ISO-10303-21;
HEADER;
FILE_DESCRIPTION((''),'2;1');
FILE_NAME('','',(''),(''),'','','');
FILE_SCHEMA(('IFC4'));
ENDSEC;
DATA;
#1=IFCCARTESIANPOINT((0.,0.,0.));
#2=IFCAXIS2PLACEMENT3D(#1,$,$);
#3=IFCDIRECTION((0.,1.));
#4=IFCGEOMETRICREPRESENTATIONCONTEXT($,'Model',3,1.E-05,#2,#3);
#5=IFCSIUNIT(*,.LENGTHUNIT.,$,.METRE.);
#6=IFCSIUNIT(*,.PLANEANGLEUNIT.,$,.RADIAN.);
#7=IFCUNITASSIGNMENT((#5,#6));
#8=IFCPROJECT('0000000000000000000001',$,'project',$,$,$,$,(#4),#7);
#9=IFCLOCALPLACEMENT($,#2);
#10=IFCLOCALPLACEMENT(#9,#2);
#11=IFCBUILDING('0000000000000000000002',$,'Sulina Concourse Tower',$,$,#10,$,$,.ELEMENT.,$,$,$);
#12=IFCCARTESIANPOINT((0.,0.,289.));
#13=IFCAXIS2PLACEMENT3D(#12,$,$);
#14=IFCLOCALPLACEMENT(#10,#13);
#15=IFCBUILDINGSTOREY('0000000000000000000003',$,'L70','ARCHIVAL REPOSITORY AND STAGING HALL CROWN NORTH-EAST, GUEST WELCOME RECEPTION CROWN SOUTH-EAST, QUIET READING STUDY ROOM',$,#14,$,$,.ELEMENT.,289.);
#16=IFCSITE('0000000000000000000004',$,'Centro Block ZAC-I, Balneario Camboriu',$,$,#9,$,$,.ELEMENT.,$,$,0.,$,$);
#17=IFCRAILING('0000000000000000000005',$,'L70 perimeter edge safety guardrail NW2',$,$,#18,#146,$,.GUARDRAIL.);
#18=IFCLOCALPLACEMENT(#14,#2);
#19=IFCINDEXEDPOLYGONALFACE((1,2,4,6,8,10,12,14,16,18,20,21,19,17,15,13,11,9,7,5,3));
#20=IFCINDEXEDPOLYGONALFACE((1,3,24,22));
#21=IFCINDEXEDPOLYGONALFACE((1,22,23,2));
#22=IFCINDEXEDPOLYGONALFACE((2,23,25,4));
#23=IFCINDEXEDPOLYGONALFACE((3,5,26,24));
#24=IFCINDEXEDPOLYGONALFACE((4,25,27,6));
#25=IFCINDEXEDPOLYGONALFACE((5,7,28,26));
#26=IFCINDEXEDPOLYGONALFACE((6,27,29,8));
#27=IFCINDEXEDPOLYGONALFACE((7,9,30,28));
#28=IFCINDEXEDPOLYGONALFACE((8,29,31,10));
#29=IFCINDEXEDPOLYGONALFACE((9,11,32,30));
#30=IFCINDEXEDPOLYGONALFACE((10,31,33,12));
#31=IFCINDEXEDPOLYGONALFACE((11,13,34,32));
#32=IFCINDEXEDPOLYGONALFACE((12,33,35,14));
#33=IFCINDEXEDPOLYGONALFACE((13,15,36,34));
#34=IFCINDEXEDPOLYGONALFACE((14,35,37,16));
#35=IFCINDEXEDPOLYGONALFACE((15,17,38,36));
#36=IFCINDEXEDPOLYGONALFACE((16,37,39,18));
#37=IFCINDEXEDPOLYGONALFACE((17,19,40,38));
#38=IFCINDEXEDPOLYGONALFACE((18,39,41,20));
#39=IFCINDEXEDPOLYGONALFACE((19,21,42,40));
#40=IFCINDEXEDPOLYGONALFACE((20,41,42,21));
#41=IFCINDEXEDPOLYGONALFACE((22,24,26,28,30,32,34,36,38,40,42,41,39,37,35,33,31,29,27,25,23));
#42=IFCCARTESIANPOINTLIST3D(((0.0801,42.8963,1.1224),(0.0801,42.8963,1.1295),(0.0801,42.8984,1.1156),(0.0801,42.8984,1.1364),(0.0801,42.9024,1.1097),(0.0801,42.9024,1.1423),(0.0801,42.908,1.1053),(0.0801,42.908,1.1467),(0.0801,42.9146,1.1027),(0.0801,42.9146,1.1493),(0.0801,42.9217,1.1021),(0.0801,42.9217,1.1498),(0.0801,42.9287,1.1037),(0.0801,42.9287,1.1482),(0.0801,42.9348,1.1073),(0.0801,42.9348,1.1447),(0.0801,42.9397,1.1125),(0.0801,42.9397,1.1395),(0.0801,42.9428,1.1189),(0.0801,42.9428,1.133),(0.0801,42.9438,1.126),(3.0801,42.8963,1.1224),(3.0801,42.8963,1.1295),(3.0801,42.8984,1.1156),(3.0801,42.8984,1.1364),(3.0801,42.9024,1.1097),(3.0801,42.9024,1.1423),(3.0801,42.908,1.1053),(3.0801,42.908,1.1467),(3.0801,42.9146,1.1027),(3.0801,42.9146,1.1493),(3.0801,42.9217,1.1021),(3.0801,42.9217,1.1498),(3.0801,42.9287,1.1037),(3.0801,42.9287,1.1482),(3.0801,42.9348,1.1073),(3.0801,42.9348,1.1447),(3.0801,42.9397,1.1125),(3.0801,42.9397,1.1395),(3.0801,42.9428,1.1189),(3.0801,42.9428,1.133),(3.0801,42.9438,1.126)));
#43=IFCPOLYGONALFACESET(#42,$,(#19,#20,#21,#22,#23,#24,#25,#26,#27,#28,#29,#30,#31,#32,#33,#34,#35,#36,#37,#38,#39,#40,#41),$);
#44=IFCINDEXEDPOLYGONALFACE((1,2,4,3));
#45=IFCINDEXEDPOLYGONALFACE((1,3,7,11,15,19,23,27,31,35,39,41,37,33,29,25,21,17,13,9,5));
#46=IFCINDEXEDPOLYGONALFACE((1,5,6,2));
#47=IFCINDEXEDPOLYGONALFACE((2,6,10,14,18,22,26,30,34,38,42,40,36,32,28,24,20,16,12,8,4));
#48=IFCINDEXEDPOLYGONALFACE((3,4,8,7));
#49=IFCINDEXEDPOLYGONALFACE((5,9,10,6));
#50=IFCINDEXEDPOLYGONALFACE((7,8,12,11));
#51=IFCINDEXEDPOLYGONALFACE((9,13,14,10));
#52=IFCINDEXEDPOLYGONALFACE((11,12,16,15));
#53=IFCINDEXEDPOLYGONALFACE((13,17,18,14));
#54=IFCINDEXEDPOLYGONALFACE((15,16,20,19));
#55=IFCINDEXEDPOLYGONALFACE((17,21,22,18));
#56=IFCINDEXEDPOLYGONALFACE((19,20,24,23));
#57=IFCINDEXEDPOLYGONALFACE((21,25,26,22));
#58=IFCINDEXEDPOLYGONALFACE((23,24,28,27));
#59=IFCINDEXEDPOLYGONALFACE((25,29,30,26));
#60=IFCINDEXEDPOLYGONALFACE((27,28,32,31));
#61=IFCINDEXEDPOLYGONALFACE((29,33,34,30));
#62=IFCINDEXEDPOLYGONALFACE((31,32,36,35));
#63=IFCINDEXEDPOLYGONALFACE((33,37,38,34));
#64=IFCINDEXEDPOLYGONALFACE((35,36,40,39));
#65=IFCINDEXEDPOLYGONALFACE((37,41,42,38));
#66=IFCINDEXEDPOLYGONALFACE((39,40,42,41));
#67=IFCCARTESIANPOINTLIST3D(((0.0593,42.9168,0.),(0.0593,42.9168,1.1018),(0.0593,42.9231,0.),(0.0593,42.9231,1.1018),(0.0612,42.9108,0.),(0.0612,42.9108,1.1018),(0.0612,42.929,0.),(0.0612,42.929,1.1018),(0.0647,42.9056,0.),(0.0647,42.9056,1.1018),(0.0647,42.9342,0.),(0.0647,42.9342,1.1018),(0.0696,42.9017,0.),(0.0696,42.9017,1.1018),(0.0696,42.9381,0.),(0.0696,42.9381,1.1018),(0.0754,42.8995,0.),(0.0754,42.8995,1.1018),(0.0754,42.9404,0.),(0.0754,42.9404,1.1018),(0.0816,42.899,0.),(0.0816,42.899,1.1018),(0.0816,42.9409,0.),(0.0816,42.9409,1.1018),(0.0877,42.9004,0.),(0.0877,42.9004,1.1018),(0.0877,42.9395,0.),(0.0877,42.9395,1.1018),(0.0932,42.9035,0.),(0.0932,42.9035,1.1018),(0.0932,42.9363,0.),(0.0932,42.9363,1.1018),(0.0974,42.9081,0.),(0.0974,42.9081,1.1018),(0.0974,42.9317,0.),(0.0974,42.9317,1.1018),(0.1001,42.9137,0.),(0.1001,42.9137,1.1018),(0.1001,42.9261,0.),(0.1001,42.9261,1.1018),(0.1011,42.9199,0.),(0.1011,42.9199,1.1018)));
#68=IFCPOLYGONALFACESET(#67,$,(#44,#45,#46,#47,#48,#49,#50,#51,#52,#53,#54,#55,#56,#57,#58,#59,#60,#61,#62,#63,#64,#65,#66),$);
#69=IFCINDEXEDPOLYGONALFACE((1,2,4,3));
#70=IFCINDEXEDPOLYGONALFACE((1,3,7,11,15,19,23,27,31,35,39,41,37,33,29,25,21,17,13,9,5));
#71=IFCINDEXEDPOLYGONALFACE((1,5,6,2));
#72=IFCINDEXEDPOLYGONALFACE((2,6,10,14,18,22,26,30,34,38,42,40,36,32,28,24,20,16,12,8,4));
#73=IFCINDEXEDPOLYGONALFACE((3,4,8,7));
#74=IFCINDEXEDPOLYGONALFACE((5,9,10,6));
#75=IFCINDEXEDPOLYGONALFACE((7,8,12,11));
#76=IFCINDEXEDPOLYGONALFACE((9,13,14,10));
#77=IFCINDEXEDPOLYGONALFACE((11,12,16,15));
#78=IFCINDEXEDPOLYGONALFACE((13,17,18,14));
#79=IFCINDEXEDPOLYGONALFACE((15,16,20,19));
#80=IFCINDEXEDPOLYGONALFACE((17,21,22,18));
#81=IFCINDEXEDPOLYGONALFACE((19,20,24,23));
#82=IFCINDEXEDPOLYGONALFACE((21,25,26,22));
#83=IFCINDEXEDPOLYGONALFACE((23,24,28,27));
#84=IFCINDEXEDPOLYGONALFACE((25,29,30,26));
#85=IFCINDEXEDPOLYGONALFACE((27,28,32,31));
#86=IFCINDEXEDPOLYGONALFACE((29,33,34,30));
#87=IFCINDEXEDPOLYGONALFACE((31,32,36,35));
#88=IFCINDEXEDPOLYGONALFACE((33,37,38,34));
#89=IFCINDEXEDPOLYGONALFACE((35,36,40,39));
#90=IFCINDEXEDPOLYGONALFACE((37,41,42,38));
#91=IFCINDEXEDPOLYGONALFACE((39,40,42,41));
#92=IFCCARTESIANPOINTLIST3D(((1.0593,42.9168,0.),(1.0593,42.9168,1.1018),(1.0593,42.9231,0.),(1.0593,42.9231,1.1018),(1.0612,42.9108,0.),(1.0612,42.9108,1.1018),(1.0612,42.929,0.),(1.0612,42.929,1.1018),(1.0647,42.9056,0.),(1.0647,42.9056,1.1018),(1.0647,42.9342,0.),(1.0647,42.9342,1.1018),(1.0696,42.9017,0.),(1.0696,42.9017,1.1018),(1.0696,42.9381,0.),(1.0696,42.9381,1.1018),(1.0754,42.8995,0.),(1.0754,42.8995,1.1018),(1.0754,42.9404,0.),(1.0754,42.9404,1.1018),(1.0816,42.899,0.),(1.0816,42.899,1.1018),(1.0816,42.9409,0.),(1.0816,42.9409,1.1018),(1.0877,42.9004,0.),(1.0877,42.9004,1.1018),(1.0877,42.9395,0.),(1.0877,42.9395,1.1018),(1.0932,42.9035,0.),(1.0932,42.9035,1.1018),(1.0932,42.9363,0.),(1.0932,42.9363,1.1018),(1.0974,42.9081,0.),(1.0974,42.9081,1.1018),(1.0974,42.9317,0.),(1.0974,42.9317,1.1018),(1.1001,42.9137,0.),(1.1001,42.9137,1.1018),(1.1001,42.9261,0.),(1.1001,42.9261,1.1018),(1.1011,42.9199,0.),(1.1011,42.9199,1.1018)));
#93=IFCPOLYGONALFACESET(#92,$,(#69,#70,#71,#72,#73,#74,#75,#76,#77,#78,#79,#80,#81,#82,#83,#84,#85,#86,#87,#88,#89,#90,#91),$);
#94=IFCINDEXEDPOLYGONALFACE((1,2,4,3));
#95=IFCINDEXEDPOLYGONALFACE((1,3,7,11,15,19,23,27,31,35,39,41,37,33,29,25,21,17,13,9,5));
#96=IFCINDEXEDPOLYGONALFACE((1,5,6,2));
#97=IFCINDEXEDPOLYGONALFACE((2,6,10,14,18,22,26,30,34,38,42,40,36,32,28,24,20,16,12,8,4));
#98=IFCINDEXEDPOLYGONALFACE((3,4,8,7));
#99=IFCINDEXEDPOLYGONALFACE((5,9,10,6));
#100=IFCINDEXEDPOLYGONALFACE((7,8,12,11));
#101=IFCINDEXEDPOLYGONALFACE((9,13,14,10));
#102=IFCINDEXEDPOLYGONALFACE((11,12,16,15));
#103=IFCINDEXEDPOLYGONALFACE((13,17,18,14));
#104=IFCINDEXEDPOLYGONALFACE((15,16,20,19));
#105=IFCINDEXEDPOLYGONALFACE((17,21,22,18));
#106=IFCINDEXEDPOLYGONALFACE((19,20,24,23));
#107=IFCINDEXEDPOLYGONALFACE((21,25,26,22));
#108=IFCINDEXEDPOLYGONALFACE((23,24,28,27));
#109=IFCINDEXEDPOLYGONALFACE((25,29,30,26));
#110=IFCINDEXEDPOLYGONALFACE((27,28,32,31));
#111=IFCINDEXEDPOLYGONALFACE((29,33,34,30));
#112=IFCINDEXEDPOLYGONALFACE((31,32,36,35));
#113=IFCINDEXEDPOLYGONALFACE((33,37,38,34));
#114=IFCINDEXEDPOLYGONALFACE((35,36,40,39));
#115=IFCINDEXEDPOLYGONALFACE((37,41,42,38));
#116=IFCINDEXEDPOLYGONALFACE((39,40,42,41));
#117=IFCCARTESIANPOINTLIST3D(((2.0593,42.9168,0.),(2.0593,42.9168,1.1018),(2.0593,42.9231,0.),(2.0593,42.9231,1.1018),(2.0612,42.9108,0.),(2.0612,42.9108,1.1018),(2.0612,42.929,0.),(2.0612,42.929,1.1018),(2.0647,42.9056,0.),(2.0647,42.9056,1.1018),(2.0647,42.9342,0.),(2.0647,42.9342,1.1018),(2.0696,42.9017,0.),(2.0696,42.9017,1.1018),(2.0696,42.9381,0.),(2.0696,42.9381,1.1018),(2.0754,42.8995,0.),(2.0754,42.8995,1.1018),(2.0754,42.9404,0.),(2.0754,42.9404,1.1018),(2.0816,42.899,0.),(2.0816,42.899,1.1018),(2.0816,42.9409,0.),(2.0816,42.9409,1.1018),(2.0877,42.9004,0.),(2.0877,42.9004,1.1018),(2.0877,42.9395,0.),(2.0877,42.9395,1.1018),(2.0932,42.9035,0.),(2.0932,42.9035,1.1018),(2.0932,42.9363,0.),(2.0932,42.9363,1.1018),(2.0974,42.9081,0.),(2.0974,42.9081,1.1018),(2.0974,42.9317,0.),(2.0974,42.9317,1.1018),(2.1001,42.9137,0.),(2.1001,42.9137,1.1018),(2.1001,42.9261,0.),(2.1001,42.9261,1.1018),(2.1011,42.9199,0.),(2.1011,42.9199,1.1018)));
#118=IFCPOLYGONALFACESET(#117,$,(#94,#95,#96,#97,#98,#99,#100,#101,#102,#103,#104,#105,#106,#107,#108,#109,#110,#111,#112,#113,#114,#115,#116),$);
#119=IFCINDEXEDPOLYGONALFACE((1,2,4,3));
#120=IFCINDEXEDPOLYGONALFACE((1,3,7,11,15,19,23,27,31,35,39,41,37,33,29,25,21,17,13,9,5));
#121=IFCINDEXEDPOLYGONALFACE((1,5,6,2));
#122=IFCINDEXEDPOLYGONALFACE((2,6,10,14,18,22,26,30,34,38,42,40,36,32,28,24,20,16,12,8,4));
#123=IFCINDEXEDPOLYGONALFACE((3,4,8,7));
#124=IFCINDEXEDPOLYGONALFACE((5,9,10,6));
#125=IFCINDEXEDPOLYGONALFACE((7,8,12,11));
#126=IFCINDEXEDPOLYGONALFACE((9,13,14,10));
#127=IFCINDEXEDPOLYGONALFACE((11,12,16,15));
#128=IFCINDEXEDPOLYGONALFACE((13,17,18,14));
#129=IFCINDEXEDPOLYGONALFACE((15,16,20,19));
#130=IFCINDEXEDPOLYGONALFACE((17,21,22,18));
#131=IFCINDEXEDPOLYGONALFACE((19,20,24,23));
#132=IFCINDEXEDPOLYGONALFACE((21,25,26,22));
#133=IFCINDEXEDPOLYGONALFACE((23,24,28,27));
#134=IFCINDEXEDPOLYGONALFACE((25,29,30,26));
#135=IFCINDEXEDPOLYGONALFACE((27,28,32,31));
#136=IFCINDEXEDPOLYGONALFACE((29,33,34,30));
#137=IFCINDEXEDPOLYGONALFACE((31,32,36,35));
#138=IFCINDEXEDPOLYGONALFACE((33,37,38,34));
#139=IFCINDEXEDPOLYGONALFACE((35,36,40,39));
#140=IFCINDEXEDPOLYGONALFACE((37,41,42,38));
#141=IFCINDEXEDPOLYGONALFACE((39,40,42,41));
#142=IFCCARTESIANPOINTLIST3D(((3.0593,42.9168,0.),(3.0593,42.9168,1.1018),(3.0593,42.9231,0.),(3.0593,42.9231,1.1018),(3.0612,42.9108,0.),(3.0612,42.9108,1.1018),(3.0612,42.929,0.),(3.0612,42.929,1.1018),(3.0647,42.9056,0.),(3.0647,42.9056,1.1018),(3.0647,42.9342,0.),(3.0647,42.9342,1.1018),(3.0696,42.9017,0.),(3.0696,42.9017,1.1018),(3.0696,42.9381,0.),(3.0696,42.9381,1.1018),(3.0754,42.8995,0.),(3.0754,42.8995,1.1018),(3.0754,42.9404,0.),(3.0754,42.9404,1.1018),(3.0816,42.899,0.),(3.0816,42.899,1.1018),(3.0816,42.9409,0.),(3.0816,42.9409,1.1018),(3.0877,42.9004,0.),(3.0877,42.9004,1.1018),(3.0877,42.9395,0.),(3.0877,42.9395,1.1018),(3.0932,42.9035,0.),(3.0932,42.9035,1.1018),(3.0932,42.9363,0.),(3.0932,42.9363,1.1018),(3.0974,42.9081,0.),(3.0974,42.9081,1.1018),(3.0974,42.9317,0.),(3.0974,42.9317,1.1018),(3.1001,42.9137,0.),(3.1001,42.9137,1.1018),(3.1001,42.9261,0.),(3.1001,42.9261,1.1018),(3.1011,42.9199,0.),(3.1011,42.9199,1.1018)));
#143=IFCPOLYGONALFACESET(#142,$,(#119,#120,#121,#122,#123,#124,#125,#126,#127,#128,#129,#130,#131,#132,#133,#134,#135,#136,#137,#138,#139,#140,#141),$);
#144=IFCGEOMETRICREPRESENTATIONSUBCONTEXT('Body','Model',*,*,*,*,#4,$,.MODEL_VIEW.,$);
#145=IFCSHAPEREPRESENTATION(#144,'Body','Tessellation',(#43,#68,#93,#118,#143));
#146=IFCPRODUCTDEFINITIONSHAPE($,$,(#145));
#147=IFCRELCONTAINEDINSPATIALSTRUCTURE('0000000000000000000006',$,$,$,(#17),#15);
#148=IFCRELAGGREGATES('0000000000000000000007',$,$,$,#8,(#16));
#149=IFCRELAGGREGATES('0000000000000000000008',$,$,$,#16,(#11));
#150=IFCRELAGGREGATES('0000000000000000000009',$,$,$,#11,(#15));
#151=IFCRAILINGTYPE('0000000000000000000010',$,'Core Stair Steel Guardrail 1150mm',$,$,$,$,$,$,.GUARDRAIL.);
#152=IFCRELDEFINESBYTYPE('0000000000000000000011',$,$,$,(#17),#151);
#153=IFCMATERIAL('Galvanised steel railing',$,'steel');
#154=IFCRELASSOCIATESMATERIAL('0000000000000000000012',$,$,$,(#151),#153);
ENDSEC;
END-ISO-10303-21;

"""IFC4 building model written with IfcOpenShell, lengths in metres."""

from ifc_helpers import new_model, si_unit, direction, frame, origin, origin_2d, place, context, subcontext, project, spatial, circle, extrude, material, type_object, element, save


model = new_model("IFC4")

# Units and contexts
model_context = context("Model", 3, precision=1e-05, world=origin(), true_north=direction((0.0, 1.0)))
body_context = subcontext(model_context, "Body", "Model", "MODEL_VIEW")
ifc_project = project(units=[si_unit("LENGTHUNIT", "METRE"), si_unit("PLANEANGLEUNIT", "RADIAN")], contexts=[model_context])

# Site, building, storey
site_placement = place(None, origin())
site = spatial("IfcSite", under=ifc_project, at=site_placement, Name="Centro Block ZAC-I, Balneario Camboriu", CompositionType="ELEMENT", RefElevation=0.0)
building_placement = place(site_placement, origin())
building = spatial("IfcBuilding", under=site, at=building_placement, Name="Sulina Concourse Tower", CompositionType="ELEMENT")
storey_placement = place(building_placement, frame((0.0, 0.0, 289.0)))
storey = spatial("IfcBuildingStorey", under=building, at=storey_placement, Name="L70", Description="ARCHIVAL REPOSITORY AND STAGING HALL CROWN NORTH-EAST, GUEST WELCOME RECEPTION CROWN SOUTH-EAST, QUIET READING STUDY ROOM", CompositionType="ELEMENT", Elevation=289.0)

# Railing
ifc_material_1 = material(Name="Galvanised steel railing", Category="steel")
railing_type_1 = type_object("IfcRailingType", Name="Core Stair Steel Guardrail 1150mm", PredefinedType="GUARDRAIL", material=ifc_material_1)
railing_1_placement = place(storey_placement, frame((0.0801, 42.9199, 0.0)))
element("IfcRailing", 1, at=railing_1_placement, inside=storey, type_object=railing_type_1, Name="L70 perimeter edge safety guardrail NW2", PredefinedType="GUARDRAIL", context=body_context, shape_type="SweptSolid", body=[
    extrude(circle(Radius=0.0239, at=origin_2d()), frame((0.0, 0.0, 1.126), z_axis=(1.0, 0.0, 0.0), x_axis=(0.0, 1.0, 0.0)), (0.0, 0.0, 1.0), 3.0),
    extrude(circle(Radius=0.021, at=origin_2d()), origin(), (0.0, 0.0, 1.0), 1.1018),
    extrude(circle(Radius=0.021, at=origin_2d()), frame((1.0, 0.0, 0.0)), (0.0, 0.0, 1.0), 1.1018),
    extrude(circle(Radius=0.021, at=origin_2d()), frame((2.0, 0.0, 0.0)), (0.0, 0.0, 1.0), 1.1018),
    extrude(circle(Radius=0.021, at=origin_2d()), frame((3.0, 0.0, 0.0)), (0.0, 0.0, 1.0), 1.1018),
])

save(model, "model.ifc")
